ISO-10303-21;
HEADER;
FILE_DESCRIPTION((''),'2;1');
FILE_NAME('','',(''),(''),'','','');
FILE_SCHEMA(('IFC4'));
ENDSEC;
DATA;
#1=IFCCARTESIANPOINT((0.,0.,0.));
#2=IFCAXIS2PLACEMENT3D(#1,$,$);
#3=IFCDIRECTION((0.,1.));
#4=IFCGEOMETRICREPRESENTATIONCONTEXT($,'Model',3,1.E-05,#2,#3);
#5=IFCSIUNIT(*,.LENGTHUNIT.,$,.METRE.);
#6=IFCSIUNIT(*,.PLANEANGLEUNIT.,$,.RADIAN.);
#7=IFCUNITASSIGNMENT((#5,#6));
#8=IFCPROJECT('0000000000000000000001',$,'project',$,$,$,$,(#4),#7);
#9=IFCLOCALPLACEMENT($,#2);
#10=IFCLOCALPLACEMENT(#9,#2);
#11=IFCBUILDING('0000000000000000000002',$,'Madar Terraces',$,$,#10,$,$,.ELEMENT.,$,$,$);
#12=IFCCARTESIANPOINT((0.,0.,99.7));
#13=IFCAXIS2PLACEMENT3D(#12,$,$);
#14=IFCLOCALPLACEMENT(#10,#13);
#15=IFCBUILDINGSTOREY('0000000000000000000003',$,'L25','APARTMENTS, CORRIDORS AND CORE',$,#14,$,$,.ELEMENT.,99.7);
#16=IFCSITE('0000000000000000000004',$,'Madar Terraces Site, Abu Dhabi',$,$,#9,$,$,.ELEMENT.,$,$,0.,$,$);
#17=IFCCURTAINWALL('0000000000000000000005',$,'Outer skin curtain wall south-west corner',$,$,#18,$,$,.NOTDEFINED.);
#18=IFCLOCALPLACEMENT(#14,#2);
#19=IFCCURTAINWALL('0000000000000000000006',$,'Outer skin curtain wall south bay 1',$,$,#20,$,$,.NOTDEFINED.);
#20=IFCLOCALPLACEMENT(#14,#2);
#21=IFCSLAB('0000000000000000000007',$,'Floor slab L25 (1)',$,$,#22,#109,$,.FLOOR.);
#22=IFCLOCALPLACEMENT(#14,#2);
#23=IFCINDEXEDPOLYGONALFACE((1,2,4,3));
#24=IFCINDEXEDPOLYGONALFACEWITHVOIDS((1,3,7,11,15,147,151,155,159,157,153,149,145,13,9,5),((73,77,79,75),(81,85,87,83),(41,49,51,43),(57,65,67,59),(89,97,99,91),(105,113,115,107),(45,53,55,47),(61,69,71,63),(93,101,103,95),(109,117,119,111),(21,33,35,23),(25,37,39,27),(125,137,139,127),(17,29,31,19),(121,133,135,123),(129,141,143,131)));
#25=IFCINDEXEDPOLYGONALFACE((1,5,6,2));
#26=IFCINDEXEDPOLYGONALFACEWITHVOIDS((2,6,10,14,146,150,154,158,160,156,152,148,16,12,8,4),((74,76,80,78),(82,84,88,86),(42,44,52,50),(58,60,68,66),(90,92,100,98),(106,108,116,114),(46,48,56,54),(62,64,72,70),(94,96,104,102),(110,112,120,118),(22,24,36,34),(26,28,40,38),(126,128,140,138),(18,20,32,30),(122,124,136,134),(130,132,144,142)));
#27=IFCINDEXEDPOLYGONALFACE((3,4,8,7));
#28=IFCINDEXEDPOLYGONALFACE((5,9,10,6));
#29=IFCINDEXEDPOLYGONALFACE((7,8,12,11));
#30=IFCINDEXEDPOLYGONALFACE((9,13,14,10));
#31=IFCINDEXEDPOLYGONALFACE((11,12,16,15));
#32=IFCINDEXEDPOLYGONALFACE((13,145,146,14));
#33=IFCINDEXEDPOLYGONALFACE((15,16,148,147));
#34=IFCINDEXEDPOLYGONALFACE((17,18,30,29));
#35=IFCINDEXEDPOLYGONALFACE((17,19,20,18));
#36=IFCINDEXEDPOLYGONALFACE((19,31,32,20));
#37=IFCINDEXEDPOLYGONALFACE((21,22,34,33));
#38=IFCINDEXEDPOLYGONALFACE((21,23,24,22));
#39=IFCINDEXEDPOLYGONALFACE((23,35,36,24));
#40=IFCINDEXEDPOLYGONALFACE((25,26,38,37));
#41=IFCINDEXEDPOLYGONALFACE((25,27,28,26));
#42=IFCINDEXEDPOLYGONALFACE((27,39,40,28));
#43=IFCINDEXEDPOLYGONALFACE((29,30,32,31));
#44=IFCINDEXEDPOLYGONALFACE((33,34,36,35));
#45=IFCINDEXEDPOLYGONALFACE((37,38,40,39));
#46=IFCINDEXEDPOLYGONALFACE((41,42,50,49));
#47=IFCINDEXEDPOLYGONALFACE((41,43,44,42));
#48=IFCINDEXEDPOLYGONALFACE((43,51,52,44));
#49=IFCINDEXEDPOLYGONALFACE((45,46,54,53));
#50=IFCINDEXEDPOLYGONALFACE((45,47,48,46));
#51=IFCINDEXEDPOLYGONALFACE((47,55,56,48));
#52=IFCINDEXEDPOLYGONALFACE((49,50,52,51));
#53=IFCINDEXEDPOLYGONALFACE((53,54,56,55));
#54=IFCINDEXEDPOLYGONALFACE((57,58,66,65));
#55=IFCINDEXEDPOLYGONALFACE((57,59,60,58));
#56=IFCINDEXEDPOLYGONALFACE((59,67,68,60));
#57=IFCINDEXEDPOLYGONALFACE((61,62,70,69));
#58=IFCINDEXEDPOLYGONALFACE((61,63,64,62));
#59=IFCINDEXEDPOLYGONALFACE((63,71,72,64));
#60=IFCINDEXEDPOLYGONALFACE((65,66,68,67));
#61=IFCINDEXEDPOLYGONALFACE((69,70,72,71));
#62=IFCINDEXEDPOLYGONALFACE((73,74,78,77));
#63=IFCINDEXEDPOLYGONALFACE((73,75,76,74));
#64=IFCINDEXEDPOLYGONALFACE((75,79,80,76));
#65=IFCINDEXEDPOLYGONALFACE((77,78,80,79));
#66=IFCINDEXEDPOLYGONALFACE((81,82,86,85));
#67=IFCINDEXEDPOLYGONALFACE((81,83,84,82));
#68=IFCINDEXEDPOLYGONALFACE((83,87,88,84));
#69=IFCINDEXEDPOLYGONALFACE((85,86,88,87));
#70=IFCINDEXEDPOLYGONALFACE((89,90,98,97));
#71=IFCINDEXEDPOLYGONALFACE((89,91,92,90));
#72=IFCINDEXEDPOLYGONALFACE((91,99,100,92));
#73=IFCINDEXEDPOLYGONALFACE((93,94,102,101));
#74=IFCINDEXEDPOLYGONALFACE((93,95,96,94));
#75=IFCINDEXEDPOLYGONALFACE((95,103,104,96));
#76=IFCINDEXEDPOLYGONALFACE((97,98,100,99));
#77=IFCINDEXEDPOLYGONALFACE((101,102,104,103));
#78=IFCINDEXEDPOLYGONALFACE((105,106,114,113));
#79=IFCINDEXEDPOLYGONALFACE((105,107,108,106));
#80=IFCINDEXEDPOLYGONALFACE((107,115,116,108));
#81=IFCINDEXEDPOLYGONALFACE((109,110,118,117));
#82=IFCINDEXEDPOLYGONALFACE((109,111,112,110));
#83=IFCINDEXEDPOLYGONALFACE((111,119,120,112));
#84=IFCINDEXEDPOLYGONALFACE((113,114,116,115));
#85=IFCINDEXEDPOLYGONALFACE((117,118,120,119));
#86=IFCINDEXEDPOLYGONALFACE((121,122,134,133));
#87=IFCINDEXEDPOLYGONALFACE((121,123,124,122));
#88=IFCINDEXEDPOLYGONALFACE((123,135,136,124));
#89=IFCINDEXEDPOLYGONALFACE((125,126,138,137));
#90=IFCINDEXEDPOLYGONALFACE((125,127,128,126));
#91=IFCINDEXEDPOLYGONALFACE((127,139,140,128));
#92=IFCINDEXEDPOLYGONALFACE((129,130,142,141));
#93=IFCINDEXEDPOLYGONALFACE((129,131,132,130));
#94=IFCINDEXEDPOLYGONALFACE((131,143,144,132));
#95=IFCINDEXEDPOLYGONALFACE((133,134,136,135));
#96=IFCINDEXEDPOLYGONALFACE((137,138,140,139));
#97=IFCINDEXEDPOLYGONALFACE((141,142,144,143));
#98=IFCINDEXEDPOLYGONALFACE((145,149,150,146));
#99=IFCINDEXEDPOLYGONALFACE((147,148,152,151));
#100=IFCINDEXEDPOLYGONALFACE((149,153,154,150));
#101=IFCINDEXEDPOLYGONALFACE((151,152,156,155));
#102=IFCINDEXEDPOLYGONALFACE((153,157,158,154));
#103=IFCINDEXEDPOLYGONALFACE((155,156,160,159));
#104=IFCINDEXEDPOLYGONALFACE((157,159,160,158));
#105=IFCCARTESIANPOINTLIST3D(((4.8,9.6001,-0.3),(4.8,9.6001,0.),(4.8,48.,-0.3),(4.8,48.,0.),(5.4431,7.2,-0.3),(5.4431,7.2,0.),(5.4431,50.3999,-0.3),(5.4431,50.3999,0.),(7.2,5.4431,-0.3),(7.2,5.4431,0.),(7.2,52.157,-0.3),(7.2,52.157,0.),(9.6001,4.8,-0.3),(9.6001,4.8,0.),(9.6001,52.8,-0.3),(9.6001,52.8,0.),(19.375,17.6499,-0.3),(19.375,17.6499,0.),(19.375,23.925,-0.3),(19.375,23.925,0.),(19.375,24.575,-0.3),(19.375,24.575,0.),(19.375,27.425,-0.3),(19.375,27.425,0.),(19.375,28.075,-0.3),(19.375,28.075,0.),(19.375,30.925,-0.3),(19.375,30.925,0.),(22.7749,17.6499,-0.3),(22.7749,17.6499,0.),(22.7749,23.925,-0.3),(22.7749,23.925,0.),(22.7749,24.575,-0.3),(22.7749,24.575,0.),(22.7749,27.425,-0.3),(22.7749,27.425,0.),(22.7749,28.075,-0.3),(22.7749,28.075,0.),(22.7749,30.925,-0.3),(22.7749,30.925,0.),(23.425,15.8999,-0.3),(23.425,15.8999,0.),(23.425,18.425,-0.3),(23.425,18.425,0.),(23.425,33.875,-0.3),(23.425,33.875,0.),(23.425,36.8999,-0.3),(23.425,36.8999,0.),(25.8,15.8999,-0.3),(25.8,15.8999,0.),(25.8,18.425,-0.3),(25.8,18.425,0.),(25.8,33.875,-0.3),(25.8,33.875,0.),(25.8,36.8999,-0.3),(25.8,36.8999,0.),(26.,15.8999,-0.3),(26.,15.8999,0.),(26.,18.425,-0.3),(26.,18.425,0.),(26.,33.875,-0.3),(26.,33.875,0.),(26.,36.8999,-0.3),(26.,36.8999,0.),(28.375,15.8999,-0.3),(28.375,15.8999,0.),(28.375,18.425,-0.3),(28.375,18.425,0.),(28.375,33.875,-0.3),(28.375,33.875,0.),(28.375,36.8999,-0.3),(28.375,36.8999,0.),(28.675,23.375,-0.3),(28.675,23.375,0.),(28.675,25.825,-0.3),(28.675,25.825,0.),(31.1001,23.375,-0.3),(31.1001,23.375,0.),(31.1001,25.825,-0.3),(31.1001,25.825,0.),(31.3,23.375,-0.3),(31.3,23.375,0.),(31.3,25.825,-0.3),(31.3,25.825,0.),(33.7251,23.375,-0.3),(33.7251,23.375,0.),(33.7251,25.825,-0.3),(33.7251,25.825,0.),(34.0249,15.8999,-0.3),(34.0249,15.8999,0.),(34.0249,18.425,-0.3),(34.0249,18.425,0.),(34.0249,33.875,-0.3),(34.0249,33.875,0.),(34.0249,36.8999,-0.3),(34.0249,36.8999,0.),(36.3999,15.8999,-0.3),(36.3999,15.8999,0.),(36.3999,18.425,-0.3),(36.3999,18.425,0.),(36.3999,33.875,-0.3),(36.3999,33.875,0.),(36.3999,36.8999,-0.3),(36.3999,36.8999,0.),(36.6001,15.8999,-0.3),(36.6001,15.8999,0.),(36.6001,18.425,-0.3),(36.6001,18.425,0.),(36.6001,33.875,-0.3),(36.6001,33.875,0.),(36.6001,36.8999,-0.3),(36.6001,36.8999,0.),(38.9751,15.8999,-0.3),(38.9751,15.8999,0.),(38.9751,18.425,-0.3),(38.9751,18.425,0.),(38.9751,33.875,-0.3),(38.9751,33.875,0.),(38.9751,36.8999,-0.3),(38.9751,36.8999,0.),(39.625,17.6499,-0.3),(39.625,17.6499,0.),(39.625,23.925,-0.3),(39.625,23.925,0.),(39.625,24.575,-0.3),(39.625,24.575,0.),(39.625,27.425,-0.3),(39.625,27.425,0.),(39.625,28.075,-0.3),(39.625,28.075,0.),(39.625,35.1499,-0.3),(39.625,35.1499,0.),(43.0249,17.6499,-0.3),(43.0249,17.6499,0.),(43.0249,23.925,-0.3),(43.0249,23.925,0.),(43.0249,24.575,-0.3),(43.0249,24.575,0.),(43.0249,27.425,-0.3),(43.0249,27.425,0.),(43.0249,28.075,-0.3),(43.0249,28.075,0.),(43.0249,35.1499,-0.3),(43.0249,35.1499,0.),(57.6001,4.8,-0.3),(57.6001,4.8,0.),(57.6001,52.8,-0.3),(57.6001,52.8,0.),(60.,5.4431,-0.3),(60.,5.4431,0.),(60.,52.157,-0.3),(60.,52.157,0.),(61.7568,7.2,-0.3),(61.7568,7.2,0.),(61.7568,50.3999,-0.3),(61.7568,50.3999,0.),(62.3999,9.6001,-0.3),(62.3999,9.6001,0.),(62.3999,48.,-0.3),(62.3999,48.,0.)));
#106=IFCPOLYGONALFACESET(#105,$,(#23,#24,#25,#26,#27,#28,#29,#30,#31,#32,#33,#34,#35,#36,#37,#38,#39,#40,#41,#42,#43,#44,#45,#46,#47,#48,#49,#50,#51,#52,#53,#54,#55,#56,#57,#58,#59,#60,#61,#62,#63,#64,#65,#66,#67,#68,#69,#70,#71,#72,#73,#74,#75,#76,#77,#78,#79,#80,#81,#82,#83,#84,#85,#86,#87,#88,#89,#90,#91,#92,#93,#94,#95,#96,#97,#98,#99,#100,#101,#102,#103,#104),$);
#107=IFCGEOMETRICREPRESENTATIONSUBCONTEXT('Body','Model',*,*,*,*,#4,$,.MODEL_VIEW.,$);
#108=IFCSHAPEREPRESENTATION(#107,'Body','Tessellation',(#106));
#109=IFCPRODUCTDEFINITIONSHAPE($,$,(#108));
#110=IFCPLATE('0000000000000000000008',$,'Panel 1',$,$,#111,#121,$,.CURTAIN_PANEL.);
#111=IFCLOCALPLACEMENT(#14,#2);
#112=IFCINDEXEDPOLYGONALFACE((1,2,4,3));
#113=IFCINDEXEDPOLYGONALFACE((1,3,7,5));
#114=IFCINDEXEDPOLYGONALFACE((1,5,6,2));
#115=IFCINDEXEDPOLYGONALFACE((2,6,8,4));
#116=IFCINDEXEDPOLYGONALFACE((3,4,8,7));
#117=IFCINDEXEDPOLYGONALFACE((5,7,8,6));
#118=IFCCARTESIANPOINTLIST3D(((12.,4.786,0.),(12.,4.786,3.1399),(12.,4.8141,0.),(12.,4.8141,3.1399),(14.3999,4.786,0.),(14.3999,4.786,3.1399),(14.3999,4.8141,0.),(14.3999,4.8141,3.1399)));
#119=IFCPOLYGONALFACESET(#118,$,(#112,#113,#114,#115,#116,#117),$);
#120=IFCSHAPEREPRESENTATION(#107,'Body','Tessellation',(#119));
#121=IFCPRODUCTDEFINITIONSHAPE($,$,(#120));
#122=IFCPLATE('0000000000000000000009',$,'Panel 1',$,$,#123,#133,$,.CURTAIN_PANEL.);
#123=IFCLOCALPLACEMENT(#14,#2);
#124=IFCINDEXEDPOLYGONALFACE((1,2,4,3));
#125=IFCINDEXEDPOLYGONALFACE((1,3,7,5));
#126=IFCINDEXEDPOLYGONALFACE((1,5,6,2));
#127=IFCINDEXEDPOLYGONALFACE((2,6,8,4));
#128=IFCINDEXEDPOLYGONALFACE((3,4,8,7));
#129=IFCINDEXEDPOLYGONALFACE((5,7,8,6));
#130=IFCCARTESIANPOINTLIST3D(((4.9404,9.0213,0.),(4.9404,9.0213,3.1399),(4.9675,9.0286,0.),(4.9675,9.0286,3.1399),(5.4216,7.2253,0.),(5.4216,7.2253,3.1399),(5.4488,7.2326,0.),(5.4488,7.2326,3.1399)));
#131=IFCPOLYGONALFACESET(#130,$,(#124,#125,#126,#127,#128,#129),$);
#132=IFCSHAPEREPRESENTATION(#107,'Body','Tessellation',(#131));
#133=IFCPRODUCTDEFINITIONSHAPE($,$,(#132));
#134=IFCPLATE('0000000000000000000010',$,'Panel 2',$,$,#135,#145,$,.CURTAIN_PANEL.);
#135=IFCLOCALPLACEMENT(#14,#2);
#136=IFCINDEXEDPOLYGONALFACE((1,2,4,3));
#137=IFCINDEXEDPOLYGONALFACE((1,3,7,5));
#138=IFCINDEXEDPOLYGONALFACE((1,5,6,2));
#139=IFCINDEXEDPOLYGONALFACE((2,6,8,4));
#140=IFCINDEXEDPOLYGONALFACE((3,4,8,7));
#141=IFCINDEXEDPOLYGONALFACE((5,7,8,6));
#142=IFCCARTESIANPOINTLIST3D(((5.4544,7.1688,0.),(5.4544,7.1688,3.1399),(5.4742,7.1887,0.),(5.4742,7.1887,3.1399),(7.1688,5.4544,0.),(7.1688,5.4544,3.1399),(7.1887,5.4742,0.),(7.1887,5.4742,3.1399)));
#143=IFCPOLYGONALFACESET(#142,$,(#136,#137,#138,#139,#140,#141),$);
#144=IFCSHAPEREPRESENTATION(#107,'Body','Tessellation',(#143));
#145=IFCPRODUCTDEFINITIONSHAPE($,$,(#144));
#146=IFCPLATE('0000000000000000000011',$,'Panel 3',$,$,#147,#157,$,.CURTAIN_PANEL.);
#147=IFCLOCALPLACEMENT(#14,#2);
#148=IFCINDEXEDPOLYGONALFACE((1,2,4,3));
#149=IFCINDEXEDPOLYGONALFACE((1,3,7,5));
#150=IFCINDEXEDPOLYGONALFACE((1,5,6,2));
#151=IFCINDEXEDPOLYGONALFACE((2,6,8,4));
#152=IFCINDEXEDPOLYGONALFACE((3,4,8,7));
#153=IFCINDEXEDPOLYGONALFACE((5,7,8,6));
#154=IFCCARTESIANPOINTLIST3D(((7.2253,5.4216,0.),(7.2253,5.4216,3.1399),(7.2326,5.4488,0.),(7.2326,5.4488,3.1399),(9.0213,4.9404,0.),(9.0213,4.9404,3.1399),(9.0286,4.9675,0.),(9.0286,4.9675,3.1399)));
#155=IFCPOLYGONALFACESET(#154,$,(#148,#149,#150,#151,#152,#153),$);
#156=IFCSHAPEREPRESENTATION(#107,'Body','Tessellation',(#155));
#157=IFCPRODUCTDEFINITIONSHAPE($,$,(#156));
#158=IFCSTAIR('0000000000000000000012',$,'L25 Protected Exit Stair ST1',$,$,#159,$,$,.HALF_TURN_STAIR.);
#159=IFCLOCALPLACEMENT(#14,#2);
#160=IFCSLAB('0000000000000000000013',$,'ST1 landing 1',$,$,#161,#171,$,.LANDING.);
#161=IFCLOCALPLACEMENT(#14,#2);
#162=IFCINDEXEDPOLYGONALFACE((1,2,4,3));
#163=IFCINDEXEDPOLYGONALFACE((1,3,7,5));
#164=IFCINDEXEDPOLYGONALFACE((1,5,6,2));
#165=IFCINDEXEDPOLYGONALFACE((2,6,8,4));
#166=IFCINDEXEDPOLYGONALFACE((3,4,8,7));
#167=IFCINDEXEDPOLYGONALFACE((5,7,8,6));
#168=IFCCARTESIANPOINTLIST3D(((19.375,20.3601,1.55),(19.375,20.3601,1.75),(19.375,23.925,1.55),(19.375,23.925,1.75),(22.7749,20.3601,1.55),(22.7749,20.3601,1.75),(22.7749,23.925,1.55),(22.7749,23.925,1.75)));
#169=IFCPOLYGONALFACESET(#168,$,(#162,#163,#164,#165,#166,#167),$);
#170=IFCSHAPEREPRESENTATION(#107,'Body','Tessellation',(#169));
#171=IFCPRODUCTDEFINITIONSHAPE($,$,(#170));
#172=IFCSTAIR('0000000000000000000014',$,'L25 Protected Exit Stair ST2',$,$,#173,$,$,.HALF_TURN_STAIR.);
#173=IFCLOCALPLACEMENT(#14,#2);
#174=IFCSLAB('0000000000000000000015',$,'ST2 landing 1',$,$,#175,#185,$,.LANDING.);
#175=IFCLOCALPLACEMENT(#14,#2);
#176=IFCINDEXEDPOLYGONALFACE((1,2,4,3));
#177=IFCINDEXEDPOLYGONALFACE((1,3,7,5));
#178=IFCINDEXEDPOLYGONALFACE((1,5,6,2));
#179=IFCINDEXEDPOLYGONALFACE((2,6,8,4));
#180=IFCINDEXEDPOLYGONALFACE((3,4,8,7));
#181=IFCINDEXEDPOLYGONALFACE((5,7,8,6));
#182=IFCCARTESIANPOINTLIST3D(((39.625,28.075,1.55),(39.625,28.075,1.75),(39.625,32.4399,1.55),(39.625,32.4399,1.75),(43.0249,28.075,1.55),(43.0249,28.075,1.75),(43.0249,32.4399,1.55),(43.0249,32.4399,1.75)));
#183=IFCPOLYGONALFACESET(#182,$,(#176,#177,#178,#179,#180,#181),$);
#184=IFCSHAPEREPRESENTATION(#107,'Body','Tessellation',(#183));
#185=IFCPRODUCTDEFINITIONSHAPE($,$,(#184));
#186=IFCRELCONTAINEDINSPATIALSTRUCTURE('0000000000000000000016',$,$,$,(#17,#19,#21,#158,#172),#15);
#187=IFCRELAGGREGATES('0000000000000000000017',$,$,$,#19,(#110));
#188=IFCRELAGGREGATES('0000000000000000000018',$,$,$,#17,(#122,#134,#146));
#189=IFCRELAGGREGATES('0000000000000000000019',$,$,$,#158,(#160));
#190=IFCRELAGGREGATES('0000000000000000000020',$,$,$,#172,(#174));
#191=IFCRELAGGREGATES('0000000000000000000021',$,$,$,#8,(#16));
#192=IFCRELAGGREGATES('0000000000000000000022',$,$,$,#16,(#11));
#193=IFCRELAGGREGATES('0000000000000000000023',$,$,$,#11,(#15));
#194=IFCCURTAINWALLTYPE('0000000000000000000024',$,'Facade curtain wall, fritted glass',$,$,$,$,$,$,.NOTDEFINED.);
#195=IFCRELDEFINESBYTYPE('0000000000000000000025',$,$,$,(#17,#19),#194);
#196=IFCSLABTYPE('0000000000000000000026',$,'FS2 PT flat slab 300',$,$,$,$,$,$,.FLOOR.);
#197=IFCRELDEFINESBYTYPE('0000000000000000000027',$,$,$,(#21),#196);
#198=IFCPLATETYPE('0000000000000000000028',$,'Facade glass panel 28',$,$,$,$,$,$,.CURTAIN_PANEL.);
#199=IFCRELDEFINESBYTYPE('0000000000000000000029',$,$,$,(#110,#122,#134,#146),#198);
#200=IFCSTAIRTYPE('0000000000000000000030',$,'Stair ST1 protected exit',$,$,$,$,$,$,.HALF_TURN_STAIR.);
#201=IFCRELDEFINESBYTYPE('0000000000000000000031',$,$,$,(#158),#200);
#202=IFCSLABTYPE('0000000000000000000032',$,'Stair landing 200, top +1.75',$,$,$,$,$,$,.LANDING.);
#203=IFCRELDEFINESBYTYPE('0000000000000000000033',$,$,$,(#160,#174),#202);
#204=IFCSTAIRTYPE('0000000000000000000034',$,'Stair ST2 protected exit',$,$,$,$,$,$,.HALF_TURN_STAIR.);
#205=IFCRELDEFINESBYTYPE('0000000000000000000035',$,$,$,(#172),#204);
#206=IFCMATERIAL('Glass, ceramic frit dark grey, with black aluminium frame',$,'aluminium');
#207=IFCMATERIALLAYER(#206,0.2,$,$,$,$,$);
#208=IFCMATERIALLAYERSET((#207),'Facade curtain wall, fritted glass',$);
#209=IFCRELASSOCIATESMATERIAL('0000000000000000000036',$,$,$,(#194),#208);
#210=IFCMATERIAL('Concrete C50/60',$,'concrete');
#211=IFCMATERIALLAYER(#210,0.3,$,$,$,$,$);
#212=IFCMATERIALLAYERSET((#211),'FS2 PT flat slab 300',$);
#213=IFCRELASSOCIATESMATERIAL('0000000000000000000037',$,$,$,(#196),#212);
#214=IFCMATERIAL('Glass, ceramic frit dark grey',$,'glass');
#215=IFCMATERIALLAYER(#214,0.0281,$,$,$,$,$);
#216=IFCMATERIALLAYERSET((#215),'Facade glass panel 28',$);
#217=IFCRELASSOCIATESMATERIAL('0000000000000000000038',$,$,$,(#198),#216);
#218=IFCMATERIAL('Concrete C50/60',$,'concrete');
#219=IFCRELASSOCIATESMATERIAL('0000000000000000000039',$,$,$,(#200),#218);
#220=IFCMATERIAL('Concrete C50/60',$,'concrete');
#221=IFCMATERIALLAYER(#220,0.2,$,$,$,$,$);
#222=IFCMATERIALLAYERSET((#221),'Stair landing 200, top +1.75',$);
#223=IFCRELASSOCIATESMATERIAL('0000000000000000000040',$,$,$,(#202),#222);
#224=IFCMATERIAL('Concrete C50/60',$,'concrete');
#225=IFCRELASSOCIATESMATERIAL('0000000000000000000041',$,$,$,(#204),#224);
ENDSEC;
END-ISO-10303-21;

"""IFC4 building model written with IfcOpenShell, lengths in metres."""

from ifc_helpers import new_model, si_unit, direction, frame, origin, origin_2d, place, context, subcontext, project, spatial, polyline, rectangle, outline, extrude, material, layer, layer_set, type_object, element, aggregate, save


model = new_model("IFC4")

# Units and contexts
model_context = context("Model", 3, precision=1e-05, world=origin(), true_north=direction((0.0, 1.0)))
body_context = subcontext(model_context, "Body", "Model", "MODEL_VIEW")
ifc_project = project(units=[si_unit("LENGTHUNIT", "METRE"), si_unit("PLANEANGLEUNIT", "RADIAN")], contexts=[model_context])

# Site, building, storey
site_placement = place(None, origin())
site = spatial("IfcSite", under=ifc_project, at=site_placement, Name="Madar Terraces Site, Abu Dhabi", CompositionType="ELEMENT", RefElevation=0.0)
building_placement = place(site_placement, origin())
building = spatial("IfcBuilding", under=site, at=building_placement, Name="Madar Terraces", CompositionType="ELEMENT")
storey_placement = place(building_placement, frame((0.0, 0.0, 99.7)))
storey = spatial("IfcBuildingStorey", under=building, at=storey_placement, Name="L25", Description="APARTMENTS, CORRIDORS AND CORE", CompositionType="ELEMENT", Elevation=99.7)

# Curtain wall
ifc_material_1 = material(Name="Glass, ceramic frit dark grey, with black aluminium frame", Category="aluminium")
ifc_layer_1 = layer(ifc_material_1, 0.2)
ifc_layer_set_1 = layer_set([ifc_layer_1], Name="Facade curtain wall, fritted glass")
curtain_wall_type = type_object("IfcCurtainWallType", Name="Facade curtain wall, fritted glass", PredefinedType="NOTDEFINED", material=ifc_layer_set_1)
curtain_wall_1_placement = place(storey_placement, origin())
curtain_wall_1 = element("IfcCurtainWall", 1, at=curtain_wall_1_placement, inside=storey, type_object=curtain_wall_type, Name="Outer skin curtain wall south-west corner", PredefinedType="NOTDEFINED")

# Curtain wall
curtain_wall_2_placement = place(storey_placement, origin())
curtain_wall_2 = element("IfcCurtainWall", 2, at=curtain_wall_2_placement, inside=storey, type_object=curtain_wall_type, Name="Outer skin curtain wall south bay 1", PredefinedType="NOTDEFINED")

# Slab
ifc_material_2 = material(Name="Concrete C50/60", Category="concrete")
ifc_layer_2 = layer(ifc_material_2, 0.3)
ifc_layer_set_2 = layer_set([ifc_layer_2], Name="FS2 PT flat slab 300")
slab_type_1 = type_object("IfcSlabType", Name="FS2 PT flat slab 300", PredefinedType="FLOOR", material=ifc_layer_set_2)
slab_1_placement = place(storey_placement, frame((0.0, 0.0, -0.3)))
element("IfcSlab", 3, at=slab_1_placement, inside=storey, type_object=slab_type_1, Name="Floor slab L25 (1)", PredefinedType="FLOOR", context=body_context, shape_type="SweptSolid", body=[
    extrude(outline(polyline([(57.6001, 4.8), (60.0, 5.4431), (61.7568, 7.2), (62.3999, 9.6001), (62.3999, 48.0), (61.7568, 50.3999), (60.0, 52.157), (57.6001, 52.8), (9.6001, 52.8), (7.2, 52.157), (5.4431, 50.3999), (4.8, 48.0), (4.8, 9.6001), (5.4431, 7.2), (7.2, 5.4431), (9.6001, 4.8), (57.6001, 4.8)]), holes=[polyline([(23.425, 15.8999), (23.425, 18.425), (25.8, 18.425), (25.8, 15.8999), (23.425, 15.8999)]), polyline([(26.0, 15.8999), (26.0, 18.425), (28.375, 18.425), (28.375, 15.8999), (26.0, 15.8999)]), polyline([(19.375, 17.6499), (19.375, 23.925), (22.7749, 23.925), (22.7749, 17.6499), (19.375, 17.6499)]), polyline([(28.675, 23.375), (28.675, 25.825), (31.1001, 25.825), (31.1001, 23.375), (28.675, 23.375)]), polyline([(19.375, 24.575), (19.375, 27.425), (22.7749, 27.425), (22.7749, 24.575), (19.375, 24.575)]), polyline([(19.375, 28.075), (19.375, 30.925), (22.7749, 30.925), (22.7749, 28.075), (19.375, 28.075)]), polyline([(23.425, 33.875), (23.425, 36.8999), (25.8, 36.8999), (25.8, 33.875), (23.425, 33.875)]), polyline([(26.0, 33.875), (26.0, 36.8999), (28.375, 36.8999), (28.375, 33.875), (26.0, 33.875)]), polyline([(34.0249, 15.8999), (34.0249, 18.425), (36.3999, 18.425), (36.3999, 15.8999), (34.0249, 15.8999)]), polyline([(36.6001, 15.8999), (36.6001, 18.425), (38.9751, 18.425), (38.9751, 15.8999), (36.6001, 15.8999)]), polyline([(39.625, 17.6499), (39.625, 23.925), (43.0249, 23.925), (43.0249, 17.6499), (39.625, 17.6499)]), polyline([(31.3, 23.375), (31.3, 25.825), (33.7251, 25.825), (33.7251, 23.375), (31.3, 23.375)]), polyline([(39.625, 24.575), (39.625, 27.425), (43.0249, 27.425), (43.0249, 24.575), (39.625, 24.575)]), polyline([(39.625, 28.075), (39.625, 35.1499), (43.0249, 35.1499), (43.0249, 28.075), (39.625, 28.075)]), polyline([(34.0249, 33.875), (34.0249, 36.8999), (36.3999, 36.8999), (36.3999, 33.875), (34.0249, 33.875)]), polyline([(36.6001, 33.875), (36.6001, 36.8999), (38.9751, 36.8999), (38.9751, 33.875), (36.6001, 33.875)])]), origin(), (0.0, 0.0, 1.0), 0.3),
])

# Plates
ifc_material_3 = material(Name="Glass, ceramic frit dark grey", Category="glass")
ifc_layer_3 = layer(ifc_material_3, 0.0281)
ifc_layer_set_3 = layer_set([ifc_layer_3], Name="Facade glass panel 28")
plate_type = type_object("IfcPlateType", Name="Facade glass panel 28", PredefinedType="CURTAIN_PANEL", material=ifc_layer_set_3)
plate_1_placement = place(storey_placement, frame((13.2, 4.8, 0.0), z_axis=(0.0, 0.0, 1.0), x_axis=(1.0, 0.0, 0.0)))
plate_1 = element("IfcPlate", 4, at=plate_1_placement, type_object=plate_type, Name="Panel 1", PredefinedType="CURTAIN_PANEL", context=body_context, shape_type="SweptSolid", body=[
    extrude(rectangle(XDim=2.3999, YDim=0.0281, at=origin_2d()), origin(), (0.0, 0.0, 1.0), 3.1399),
])
aggregate(curtain_wall_2, [plate_1])
plate_2_placement = place(storey_placement, frame((5.1946, 8.127, 0.0), z_axis=(0.0, 0.0, 1.0), x_axis=(0.258819, -0.965926, 0.0)))
plate_2 = element("IfcPlate", 5, at=plate_2_placement, type_object=plate_type, Name="Panel 1", PredefinedType="CURTAIN_PANEL", context=body_context, shape_type="SweptSolid", body=[
    extrude(rectangle(XDim=1.8594, YDim=0.0281, at=origin_2d()), origin(), (0.0, 0.0, 1.0), 3.1399),
])
plate_3_placement = place(storey_placement, frame((6.3215, 6.3215, 0.0), z_axis=(0.0, 0.0, 1.0), x_axis=(0.707107, -0.707107, 0.0)))
plate_3 = element("IfcPlate", 6, at=plate_3_placement, type_object=plate_type, Name="Panel 2", PredefinedType="CURTAIN_PANEL", context=body_context, shape_type="SweptSolid", body=[
    extrude(rectangle(XDim=2.4246, YDim=0.0281, at=origin_2d()), origin(), (0.0, 0.0, 1.0), 3.1399),
])
plate_4_placement = place(storey_placement, frame((8.127, 5.1946, 0.0), z_axis=(0.0, 0.0, 1.0), x_axis=(0.965926, -0.258819, 0.0)))
plate_4 = element("IfcPlate", 7, at=plate_4_placement, type_object=plate_type, Name="Panel 3", PredefinedType="CURTAIN_PANEL", context=body_context, shape_type="SweptSolid", body=[
    extrude(rectangle(XDim=1.8594, YDim=0.0281, at=origin_2d()), origin(), (0.0, 0.0, 1.0), 3.1399),
])
aggregate(curtain_wall_1, [plate_2, plate_3, plate_4])

# Stairs, slabs
ifc_material_4 = material(Name="Concrete C50/60", Category="concrete")
stair_type_1 = type_object("IfcStairType", Name="Stair ST1 protected exit", PredefinedType="HALF_TURN_STAIR", material=ifc_material_4)
stair_1_placement = place(storey_placement, origin())
stair_1 = element("IfcStair", 8, at=stair_1_placement, inside=storey, type_object=stair_type_1, Name="L25 Protected Exit Stair ST1", PredefinedType="HALF_TURN_STAIR")
ifc_material_5 = material(Name="Concrete C50/60", Category="concrete")
ifc_layer_4 = layer(ifc_material_5, 0.2)
ifc_layer_set_4 = layer_set([ifc_layer_4], Name="Stair landing 200, top +1.75")
slab_type_2 = type_object("IfcSlabType", Name="Stair landing 200, top +1.75", PredefinedType="LANDING", material=ifc_layer_set_4)
slab_2_placement = place(storey_placement, frame((0.0, 0.0, 1.55)))
slab_2 = element("IfcSlab", 9, at=slab_2_placement, type_object=slab_type_2, Name="ST1 landing 1", PredefinedType="LANDING", context=body_context, shape_type="SweptSolid", body=[
    extrude(outline(polyline([(19.375, 20.3601), (22.7749, 20.3601), (22.7749, 23.925), (19.375, 23.925), (19.375, 20.3601)])), origin(), (0.0, 0.0, 1.0), 0.2),
])
aggregate(stair_1, [slab_2])
ifc_material_6 = material(Name="Concrete C50/60", Category="concrete")
stair_type_2 = type_object("IfcStairType", Name="Stair ST2 protected exit", PredefinedType="HALF_TURN_STAIR", material=ifc_material_6)
stair_2_placement = place(storey_placement, origin())
stair_2 = element("IfcStair", 10, at=stair_2_placement, inside=storey, type_object=stair_type_2, Name="L25 Protected Exit Stair ST2", PredefinedType="HALF_TURN_STAIR")
slab_3_placement = place(storey_placement, frame((0.0, 0.0, 1.55)))
slab_3 = element("IfcSlab", 11, at=slab_3_placement, type_object=slab_type_2, Name="ST2 landing 1", PredefinedType="LANDING", context=body_context, shape_type="SweptSolid", body=[
    extrude(outline(polyline([(39.625, 28.075), (43.0249, 28.075), (43.0249, 32.4399), (39.625, 32.4399), (39.625, 28.075)])), origin(), (0.0, 0.0, 1.0), 0.2),
])
aggregate(stair_2, [slab_3])

save(model, "model.ifc")
